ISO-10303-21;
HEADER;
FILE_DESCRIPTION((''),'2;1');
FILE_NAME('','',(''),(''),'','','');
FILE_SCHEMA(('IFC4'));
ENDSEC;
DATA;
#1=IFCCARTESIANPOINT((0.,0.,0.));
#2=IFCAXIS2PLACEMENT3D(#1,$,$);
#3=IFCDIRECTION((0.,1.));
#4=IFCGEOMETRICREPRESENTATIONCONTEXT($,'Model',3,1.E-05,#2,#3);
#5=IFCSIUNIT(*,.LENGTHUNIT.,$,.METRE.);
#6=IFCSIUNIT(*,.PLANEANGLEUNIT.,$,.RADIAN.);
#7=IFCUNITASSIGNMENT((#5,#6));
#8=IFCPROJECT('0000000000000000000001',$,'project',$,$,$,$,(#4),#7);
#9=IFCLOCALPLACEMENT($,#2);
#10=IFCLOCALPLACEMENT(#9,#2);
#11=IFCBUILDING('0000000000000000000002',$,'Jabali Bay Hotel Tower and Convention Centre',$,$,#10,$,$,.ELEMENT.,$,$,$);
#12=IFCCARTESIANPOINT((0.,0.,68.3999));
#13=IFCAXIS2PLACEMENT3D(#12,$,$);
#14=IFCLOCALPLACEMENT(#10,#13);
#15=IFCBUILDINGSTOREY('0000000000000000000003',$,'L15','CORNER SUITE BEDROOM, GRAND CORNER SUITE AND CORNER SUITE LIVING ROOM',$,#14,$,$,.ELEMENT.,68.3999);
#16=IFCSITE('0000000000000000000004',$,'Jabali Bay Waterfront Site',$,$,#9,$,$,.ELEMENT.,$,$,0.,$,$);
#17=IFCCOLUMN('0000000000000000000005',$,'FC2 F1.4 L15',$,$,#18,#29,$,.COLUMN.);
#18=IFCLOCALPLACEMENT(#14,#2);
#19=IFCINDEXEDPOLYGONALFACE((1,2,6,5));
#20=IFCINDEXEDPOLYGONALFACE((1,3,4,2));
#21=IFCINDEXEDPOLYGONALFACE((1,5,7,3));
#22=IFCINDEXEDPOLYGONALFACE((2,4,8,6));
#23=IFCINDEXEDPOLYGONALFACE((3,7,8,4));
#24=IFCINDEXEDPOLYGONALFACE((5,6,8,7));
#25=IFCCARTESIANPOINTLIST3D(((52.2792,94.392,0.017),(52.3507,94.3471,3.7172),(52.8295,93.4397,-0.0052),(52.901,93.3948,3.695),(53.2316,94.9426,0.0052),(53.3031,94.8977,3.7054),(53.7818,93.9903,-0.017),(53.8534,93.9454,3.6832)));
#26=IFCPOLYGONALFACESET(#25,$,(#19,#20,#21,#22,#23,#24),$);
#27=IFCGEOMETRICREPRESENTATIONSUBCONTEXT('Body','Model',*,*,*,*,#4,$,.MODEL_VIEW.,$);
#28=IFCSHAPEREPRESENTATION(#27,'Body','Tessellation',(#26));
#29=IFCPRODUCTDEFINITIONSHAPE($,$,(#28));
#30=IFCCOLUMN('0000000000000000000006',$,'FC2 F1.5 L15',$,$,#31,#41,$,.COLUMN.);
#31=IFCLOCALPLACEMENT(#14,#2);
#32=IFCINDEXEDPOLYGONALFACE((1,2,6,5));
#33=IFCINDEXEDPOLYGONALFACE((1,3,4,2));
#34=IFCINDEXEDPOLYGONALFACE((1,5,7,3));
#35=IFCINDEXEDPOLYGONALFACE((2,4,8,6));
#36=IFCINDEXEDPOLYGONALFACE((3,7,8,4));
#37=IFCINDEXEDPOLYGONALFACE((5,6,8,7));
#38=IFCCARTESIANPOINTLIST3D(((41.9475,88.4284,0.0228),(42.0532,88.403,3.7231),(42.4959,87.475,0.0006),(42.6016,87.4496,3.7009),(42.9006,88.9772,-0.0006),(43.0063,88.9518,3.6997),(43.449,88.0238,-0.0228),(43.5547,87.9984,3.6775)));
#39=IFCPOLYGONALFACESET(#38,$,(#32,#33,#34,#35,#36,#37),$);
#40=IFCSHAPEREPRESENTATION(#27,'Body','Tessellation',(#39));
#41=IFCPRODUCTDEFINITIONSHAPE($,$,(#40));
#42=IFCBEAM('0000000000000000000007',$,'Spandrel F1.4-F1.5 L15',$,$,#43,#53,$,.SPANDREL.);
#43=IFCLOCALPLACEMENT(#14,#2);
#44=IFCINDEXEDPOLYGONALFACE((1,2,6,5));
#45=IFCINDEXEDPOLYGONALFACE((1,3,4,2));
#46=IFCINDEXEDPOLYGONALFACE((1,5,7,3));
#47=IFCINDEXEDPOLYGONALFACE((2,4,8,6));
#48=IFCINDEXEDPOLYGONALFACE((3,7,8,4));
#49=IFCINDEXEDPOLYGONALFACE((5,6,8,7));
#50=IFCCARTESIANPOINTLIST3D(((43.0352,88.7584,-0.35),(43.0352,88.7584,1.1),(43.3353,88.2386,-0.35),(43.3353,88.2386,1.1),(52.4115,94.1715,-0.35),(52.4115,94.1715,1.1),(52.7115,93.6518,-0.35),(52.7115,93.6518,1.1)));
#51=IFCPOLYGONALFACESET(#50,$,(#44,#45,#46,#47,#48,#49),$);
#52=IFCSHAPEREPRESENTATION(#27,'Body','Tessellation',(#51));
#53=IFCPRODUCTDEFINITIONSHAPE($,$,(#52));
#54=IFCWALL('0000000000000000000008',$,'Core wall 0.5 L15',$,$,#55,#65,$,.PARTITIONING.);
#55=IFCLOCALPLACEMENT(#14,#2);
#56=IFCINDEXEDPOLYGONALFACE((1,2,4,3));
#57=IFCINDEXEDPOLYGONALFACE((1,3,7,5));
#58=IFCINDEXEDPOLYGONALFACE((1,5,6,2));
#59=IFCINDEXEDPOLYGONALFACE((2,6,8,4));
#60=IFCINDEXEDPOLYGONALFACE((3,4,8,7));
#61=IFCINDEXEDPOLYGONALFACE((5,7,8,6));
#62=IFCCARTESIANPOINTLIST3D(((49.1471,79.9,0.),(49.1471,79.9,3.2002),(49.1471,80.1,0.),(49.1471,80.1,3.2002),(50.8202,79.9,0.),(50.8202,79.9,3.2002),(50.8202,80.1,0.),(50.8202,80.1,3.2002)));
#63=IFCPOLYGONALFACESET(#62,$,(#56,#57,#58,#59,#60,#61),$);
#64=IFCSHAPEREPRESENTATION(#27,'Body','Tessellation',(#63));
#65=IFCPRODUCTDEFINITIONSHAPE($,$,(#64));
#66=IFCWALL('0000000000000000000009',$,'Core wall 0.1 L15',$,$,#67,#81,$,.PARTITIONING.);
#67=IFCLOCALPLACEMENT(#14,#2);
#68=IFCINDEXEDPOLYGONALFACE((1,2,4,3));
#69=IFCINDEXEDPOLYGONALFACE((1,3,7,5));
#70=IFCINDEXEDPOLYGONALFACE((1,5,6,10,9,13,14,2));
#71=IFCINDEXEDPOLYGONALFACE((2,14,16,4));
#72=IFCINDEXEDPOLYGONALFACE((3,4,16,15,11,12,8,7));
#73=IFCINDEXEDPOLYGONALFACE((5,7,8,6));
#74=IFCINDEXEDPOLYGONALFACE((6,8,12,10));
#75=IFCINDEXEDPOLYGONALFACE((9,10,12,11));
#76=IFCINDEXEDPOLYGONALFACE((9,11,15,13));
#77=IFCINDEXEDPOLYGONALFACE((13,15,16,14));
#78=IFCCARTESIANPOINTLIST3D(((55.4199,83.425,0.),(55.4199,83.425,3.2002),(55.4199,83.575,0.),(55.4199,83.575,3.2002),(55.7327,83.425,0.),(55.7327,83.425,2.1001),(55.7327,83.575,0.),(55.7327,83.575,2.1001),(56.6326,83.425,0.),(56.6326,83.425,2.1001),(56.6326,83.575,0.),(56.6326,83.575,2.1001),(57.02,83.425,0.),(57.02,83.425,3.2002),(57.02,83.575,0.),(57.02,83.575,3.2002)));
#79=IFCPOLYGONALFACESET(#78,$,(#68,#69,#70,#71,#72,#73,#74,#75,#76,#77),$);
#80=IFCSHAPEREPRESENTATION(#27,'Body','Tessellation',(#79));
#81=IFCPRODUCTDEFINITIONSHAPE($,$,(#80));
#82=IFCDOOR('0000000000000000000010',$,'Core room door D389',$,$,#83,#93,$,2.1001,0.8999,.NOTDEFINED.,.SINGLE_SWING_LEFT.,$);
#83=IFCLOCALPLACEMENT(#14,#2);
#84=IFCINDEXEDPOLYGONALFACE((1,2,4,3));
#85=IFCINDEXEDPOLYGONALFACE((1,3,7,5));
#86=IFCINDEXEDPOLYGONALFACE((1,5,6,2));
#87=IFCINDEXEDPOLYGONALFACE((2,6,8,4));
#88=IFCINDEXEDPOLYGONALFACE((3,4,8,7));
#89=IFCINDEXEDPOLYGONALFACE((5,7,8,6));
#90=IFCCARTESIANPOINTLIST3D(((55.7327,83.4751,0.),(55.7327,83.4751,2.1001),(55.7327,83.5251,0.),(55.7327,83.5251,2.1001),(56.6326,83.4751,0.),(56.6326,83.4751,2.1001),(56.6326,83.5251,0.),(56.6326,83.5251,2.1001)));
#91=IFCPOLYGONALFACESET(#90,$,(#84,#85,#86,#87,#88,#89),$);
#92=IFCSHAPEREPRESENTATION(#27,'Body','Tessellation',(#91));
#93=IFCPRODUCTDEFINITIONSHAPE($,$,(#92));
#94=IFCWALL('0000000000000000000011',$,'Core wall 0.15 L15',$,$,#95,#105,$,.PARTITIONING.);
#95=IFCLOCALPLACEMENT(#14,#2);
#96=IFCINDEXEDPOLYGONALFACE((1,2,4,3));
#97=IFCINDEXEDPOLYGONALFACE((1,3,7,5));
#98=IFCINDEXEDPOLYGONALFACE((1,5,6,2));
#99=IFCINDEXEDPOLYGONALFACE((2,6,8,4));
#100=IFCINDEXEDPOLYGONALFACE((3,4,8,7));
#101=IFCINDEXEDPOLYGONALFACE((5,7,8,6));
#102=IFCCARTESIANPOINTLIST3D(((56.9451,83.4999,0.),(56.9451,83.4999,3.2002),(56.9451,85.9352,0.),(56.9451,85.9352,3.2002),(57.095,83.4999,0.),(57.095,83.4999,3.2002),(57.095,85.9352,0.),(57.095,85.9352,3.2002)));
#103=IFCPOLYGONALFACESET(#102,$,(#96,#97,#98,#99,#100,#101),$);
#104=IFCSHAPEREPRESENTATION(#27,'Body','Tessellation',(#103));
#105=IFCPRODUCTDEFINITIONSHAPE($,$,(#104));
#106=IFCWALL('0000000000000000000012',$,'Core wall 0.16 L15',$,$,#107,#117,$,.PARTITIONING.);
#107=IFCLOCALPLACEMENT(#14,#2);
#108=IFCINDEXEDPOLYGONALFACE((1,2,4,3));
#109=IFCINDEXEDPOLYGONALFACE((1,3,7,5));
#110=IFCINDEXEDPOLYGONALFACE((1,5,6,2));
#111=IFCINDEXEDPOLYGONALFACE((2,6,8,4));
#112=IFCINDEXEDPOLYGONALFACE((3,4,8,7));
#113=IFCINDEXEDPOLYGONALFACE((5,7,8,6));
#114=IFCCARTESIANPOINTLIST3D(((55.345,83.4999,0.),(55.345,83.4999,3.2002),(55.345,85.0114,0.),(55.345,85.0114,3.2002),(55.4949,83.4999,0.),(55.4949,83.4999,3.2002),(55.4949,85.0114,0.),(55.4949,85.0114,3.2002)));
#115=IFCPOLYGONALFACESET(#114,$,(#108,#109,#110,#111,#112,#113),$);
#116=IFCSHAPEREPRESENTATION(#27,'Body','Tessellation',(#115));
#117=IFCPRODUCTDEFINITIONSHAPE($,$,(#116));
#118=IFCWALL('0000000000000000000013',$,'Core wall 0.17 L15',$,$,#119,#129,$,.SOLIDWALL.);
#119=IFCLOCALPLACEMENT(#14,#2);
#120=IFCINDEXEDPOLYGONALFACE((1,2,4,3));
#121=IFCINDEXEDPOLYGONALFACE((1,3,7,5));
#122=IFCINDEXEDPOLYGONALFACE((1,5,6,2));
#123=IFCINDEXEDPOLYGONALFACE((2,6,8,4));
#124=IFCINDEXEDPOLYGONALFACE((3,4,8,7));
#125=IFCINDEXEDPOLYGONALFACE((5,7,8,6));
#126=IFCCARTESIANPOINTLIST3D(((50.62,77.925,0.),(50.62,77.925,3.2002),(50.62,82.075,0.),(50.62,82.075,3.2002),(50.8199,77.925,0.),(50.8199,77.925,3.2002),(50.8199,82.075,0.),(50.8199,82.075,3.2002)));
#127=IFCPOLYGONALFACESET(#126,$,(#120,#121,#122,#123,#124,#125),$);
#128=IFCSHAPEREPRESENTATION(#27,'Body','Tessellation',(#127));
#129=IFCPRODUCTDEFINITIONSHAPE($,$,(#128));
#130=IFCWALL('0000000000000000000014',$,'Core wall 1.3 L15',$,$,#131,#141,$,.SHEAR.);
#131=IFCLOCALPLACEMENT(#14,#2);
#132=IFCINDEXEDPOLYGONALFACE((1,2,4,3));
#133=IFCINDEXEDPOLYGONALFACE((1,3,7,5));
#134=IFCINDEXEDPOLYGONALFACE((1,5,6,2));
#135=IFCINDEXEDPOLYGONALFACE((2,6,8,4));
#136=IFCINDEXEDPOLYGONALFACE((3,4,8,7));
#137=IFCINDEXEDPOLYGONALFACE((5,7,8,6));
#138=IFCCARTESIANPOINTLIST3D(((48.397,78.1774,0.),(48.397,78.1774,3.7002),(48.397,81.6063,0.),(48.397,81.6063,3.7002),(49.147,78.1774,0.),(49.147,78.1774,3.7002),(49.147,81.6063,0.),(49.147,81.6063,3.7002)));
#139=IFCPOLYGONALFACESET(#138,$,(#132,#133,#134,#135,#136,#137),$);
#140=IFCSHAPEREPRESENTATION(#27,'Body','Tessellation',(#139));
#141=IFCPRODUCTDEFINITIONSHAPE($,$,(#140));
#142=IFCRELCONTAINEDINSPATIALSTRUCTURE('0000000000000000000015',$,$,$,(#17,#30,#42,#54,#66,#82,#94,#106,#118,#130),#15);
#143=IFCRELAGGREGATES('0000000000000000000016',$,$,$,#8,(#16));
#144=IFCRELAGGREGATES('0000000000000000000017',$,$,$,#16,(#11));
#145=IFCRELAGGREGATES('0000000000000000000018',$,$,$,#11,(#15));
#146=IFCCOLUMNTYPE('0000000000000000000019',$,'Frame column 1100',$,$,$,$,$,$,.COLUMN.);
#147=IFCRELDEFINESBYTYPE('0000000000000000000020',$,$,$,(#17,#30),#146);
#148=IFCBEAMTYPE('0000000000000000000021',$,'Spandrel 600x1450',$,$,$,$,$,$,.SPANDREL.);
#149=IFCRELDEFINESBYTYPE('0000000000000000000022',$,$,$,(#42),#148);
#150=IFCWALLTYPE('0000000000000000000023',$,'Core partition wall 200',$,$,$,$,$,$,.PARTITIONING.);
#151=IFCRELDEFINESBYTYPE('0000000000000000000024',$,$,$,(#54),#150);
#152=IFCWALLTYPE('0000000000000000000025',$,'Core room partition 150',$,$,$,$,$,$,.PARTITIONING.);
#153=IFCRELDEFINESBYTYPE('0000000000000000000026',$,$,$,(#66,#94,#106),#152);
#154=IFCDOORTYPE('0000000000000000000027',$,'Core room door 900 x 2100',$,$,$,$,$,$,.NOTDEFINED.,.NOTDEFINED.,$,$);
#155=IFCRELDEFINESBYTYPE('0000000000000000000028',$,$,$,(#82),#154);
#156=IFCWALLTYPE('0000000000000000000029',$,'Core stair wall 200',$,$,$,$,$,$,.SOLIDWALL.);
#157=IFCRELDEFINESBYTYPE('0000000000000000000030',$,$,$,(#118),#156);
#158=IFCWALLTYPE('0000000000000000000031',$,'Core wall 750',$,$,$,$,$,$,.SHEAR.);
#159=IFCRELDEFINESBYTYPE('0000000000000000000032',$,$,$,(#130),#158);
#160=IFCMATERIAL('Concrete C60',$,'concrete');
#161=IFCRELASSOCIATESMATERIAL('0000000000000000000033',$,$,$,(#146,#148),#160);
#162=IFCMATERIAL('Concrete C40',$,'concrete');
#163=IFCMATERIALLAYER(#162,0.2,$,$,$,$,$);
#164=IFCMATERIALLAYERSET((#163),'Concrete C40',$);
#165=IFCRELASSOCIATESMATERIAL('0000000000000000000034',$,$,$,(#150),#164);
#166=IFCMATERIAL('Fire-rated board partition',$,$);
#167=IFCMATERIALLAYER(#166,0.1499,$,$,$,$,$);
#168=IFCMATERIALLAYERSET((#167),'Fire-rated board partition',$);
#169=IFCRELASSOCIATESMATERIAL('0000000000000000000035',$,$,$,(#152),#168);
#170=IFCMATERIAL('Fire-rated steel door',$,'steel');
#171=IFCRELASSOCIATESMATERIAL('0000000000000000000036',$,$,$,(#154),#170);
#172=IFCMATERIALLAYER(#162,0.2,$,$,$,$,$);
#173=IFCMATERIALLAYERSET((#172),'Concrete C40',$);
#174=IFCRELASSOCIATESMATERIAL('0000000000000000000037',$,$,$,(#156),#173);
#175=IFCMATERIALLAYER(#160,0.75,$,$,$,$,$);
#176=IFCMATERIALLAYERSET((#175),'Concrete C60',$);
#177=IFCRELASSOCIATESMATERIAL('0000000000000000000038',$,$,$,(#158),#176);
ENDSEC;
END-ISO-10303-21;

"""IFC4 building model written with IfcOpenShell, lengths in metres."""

from ifc_helpers import new_model, si_unit, direction, frame, frame_2d, origin, origin_2d, place, context, subcontext, project, spatial, rectangle, extrude, material, layer, layer_set, material_profile, profile_set, type_object, element, fill, save


model = new_model("IFC4")

# Units and contexts
model_context = context("Model", 3, precision=1e-05, world=origin(), true_north=direction((0.0, 1.0)))
body_context = subcontext(model_context, "Body", "Model", "MODEL_VIEW")
ifc_project = project(units=[si_unit("LENGTHUNIT", "METRE"), si_unit("PLANEANGLEUNIT", "RADIAN")], contexts=[model_context])

# Site, building, storey
site_placement = place(None, origin())
site = spatial("IfcSite", under=ifc_project, at=site_placement, Name="Jabali Bay Waterfront Site", CompositionType="ELEMENT", RefElevation=0.0)
building_placement = place(site_placement, origin())
building = spatial("IfcBuilding", under=site, at=building_placement, Name="Jabali Bay Hotel Tower and Convention Centre", CompositionType="ELEMENT")
storey_placement = place(building_placement, frame((0.0, 0.0, 68.3999)))
storey = spatial("IfcBuildingStorey", under=building, at=storey_placement, Name="L15", Description="CORNER SUITE BEDROOM, GRAND CORNER SUITE AND CORNER SUITE LIVING ROOM", CompositionType="ELEMENT", Elevation=68.3999)

# Columns
ifc_material_1 = material(Name="Concrete C60", Category="concrete")
ifc_material_profile_1 = material_profile(ifc_material_1, rectangle(XDim=1.1001, YDim=1.1001, at=origin_2d()), Name="Frame column 1100")
ifc_profile_set_1 = profile_set([ifc_material_profile_1], Name="Concrete C60")
column_type = type_object("IfcColumnType", Name="Frame column 1100", PredefinedType="COLUMN", material=ifc_profile_set_1)
column_1_placement = place(storey_placement, frame((53.0305, 94.1912, 0.0), z_axis=(0.019327, -0.012137, 0.99974), x_axis=(-0.500206, 0.865671, 0.02018)))
element("IfcColumn", 1, at=column_1_placement, inside=storey, type_object=column_type, Name="FC2 F1.4 L15", PredefinedType="COLUMN", context=body_context, shape_type="SweptSolid", body=[
    extrude(rectangle(XDim=1.1001, YDim=1.1001, at=origin_2d()), origin(), (0.0, 0.0, 1.0), 3.7012),
])
column_2_placement = place(storey_placement, frame((42.6982, 88.2261, 0.0), z_axis=(0.028557, -0.006859, 0.999569), x_axis=(-0.498515, 0.866646, 0.020189)))
element("IfcColumn", 2, at=column_2_placement, inside=storey, type_object=column_type, Name="FC2 F1.5 L15", PredefinedType="COLUMN", context=body_context, shape_type="SweptSolid", body=[
    extrude(rectangle(XDim=1.1001, YDim=1.1001, at=origin_2d()), origin(), (0.0, 0.0, 1.0), 3.7019),
])

# Beam
ifc_material_profile_2 = material_profile(ifc_material_1, rectangle(XDim=0.6001, YDim=1.45, at=origin_2d()), Name="Spandrel 600x1450")
ifc_profile_set_2 = profile_set([ifc_material_profile_2], Name="Concrete C60")
beam_type = type_object("IfcBeamType", Name="Spandrel 600x1450", PredefinedType="SPANDREL", material=ifc_profile_set_2)
beam_placement = place(storey_placement, frame((52.5615, 93.9116, 0.375), z_axis=(-0.866037, -0.499981, 0.0), x_axis=(0.499981, -0.866037, 0.0)))
element("IfcBeam", 3, at=beam_placement, inside=storey, type_object=beam_type, Name="Spandrel F1.4-F1.5 L15", PredefinedType="SPANDREL", context=body_context, shape_type="SweptSolid", body=[
    extrude(rectangle(XDim=0.6001, YDim=1.45, at=origin_2d()), origin(), (0.0, 0.0, 1.0), 10.8267),
])

# Wall
ifc_material_2 = material(Name="Concrete C40", Category="concrete")
ifc_layer_1 = layer(ifc_material_2, 0.2)
ifc_layer_set_1 = layer_set([ifc_layer_1], Name="Concrete C40")
wall_type_1 = type_object("IfcWallType", Name="Core partition wall 200", PredefinedType="PARTITIONING", material=ifc_layer_set_1)
wall_1_placement = place(storey_placement, frame((50.8201, 80.0, 0.0), z_axis=(0.0, 0.0, 1.0), x_axis=(-1.0, 0.0, 0.0)))
element("IfcWall", 4, at=wall_1_placement, inside=storey, type_object=wall_type_1, Name="Core wall 0.5 L15", PredefinedType="PARTITIONING", context=body_context, shape_type="SweptSolid", body=[
    extrude(rectangle(XDim=1.6731, YDim=0.2, at=frame_2d((0.8364, 0.0))), origin(), (0.0, 0.0, 1.0), 3.2002),
])

# Wall, opening, door
ifc_material_3 = material(Name="Fire-rated board partition")
ifc_layer_2 = layer(ifc_material_3, 0.1499)
ifc_layer_set_2 = layer_set([ifc_layer_2], Name="Fire-rated board partition")
wall_type_2 = type_object("IfcWallType", Name="Core room partition 150", PredefinedType="PARTITIONING", material=ifc_layer_set_2)
wall_2_placement = place(storey_placement, frame((57.02, 83.5, 0.0), z_axis=(0.0, 0.0, 1.0), x_axis=(-1.0, 0.0, 0.0)))
wall_2 = element("IfcWall", 5, at=wall_2_placement, inside=storey, type_object=wall_type_2, Name="Core wall 0.1 L15", PredefinedType="PARTITIONING", context=body_context, shape_type="SweptSolid", body=[
    extrude(rectangle(XDim=1.6001, YDim=0.1499, at=frame_2d((0.8, 0.0))), origin(), (0.0, 0.0, 1.0), 3.2002),
])
opening_placement = place(wall_2_placement, frame((0.3875, 0.0, 0.0)))
opening = element("IfcOpeningElement", 6, at=opening_placement, cuts=wall_2, PredefinedType="OPENING", context=body_context, shape_type="SweptSolid", body=[
    extrude(rectangle(XDim=0.8999, YDim=2.1001, at=frame_2d((0.45, 1.05))), frame((0.0, 0.0854, 0.0), z_axis=(0.0, -1.0, 0.0), x_axis=(1.0, 0.0, 0.0)), (0.0, 0.0, 1.0), 0.1709),
])
ifc_material_4 = material(Name="Fire-rated steel door", Category="steel")
door_type = type_object("IfcDoorType", Name="Core room door 900 x 2100", OperationType="NOTDEFINED", PredefinedType="NOTDEFINED", material=ifc_material_4)
door_placement = place(opening_placement, origin())
door = element("IfcDoor", 7, at=door_placement, inside=storey, type_object=door_type, Name="Core room door D389", OperationType="SINGLE_SWING_LEFT", OverallHeight=2.1001, OverallWidth=0.8999, PredefinedType="NOTDEFINED", context=body_context, shape_type="SweptSolid", body=[
    extrude(rectangle(XDim=0.8999, YDim=2.1001, at=frame_2d((0.45, 1.05))), frame((0.0, 0.0249, 0.0), z_axis=(0.0, -1.0, 0.0), x_axis=(1.0, 0.0, 0.0)), (0.0, 0.0, 1.0), 0.05),
])
fill(opening, door)

# Walls
wall_3_placement = place(storey_placement, frame((57.02, 85.9353, 0.0), z_axis=(0.0, 0.0, 1.0), x_axis=(0.0, -1.0, 0.0)))
element("IfcWall", 8, at=wall_3_placement, inside=storey, type_object=wall_type_2, Name="Core wall 0.15 L15", PredefinedType="PARTITIONING", context=body_context, shape_type="SweptSolid", body=[
    extrude(rectangle(XDim=2.4353, YDim=0.1499, at=frame_2d((1.2178, 0.0))), origin(), (0.0, 0.0, 1.0), 3.2002),
])
wall_4_placement = place(storey_placement, frame((55.4199, 85.0115, 0.0), z_axis=(0.0, 0.0, 1.0), x_axis=(0.0, -1.0, 0.0)))
element("IfcWall", 9, at=wall_4_placement, inside=storey, type_object=wall_type_2, Name="Core wall 0.16 L15", PredefinedType="PARTITIONING", context=body_context, shape_type="SweptSolid", body=[
    extrude(rectangle(XDim=1.5115, YDim=0.1499, at=frame_2d((0.7559, 0.0))), origin(), (0.0, 0.0, 1.0), 3.2002),
])
ifc_layer_3 = layer(ifc_material_2, 0.2)
ifc_layer_set_3 = layer_set([ifc_layer_3], Name="Concrete C40")
wall_type_3 = type_object("IfcWallType", Name="Core stair wall 200", PredefinedType="SOLIDWALL", material=ifc_layer_set_3)
wall_5_placement = place(storey_placement, frame((50.72, 82.075, 0.0), z_axis=(0.0, 0.0, 1.0), x_axis=(0.0, -1.0, 0.0)))
element("IfcWall", 10, at=wall_5_placement, inside=storey, type_object=wall_type_3, Name="Core wall 0.17 L15", PredefinedType="SOLIDWALL", context=body_context, shape_type="SweptSolid", body=[
    extrude(rectangle(XDim=4.1499, YDim=0.2, at=frame_2d((2.075, 0.0))), origin(), (0.0, 0.0, 1.0), 3.2002),
])
ifc_layer_4 = layer(ifc_material_1, 0.75)
ifc_layer_set_4 = layer_set([ifc_layer_4], Name="Concrete C60")
wall_type_4 = type_object("IfcWallType", Name="Core wall 750", PredefinedType="SHEAR", material=ifc_layer_set_4)
wall_6_placement = place(storey_placement, frame((48.772, 81.6062, 0.0), z_axis=(0.0, 0.0, 1.0), x_axis=(0.0, -1.0, 0.0)))
element("IfcWall", 11, at=wall_6_placement, inside=storey, type_object=wall_type_4, Name="Core wall 1.3 L15", PredefinedType="SHEAR", context=body_context, shape_type="SweptSolid", body=[
    extrude(rectangle(XDim=3.429, YDim=0.75, at=frame_2d((1.7144, 0.0))), origin(), (0.0, 0.0, 1.0), 3.7002),
])

save(model, "model.ifc")
